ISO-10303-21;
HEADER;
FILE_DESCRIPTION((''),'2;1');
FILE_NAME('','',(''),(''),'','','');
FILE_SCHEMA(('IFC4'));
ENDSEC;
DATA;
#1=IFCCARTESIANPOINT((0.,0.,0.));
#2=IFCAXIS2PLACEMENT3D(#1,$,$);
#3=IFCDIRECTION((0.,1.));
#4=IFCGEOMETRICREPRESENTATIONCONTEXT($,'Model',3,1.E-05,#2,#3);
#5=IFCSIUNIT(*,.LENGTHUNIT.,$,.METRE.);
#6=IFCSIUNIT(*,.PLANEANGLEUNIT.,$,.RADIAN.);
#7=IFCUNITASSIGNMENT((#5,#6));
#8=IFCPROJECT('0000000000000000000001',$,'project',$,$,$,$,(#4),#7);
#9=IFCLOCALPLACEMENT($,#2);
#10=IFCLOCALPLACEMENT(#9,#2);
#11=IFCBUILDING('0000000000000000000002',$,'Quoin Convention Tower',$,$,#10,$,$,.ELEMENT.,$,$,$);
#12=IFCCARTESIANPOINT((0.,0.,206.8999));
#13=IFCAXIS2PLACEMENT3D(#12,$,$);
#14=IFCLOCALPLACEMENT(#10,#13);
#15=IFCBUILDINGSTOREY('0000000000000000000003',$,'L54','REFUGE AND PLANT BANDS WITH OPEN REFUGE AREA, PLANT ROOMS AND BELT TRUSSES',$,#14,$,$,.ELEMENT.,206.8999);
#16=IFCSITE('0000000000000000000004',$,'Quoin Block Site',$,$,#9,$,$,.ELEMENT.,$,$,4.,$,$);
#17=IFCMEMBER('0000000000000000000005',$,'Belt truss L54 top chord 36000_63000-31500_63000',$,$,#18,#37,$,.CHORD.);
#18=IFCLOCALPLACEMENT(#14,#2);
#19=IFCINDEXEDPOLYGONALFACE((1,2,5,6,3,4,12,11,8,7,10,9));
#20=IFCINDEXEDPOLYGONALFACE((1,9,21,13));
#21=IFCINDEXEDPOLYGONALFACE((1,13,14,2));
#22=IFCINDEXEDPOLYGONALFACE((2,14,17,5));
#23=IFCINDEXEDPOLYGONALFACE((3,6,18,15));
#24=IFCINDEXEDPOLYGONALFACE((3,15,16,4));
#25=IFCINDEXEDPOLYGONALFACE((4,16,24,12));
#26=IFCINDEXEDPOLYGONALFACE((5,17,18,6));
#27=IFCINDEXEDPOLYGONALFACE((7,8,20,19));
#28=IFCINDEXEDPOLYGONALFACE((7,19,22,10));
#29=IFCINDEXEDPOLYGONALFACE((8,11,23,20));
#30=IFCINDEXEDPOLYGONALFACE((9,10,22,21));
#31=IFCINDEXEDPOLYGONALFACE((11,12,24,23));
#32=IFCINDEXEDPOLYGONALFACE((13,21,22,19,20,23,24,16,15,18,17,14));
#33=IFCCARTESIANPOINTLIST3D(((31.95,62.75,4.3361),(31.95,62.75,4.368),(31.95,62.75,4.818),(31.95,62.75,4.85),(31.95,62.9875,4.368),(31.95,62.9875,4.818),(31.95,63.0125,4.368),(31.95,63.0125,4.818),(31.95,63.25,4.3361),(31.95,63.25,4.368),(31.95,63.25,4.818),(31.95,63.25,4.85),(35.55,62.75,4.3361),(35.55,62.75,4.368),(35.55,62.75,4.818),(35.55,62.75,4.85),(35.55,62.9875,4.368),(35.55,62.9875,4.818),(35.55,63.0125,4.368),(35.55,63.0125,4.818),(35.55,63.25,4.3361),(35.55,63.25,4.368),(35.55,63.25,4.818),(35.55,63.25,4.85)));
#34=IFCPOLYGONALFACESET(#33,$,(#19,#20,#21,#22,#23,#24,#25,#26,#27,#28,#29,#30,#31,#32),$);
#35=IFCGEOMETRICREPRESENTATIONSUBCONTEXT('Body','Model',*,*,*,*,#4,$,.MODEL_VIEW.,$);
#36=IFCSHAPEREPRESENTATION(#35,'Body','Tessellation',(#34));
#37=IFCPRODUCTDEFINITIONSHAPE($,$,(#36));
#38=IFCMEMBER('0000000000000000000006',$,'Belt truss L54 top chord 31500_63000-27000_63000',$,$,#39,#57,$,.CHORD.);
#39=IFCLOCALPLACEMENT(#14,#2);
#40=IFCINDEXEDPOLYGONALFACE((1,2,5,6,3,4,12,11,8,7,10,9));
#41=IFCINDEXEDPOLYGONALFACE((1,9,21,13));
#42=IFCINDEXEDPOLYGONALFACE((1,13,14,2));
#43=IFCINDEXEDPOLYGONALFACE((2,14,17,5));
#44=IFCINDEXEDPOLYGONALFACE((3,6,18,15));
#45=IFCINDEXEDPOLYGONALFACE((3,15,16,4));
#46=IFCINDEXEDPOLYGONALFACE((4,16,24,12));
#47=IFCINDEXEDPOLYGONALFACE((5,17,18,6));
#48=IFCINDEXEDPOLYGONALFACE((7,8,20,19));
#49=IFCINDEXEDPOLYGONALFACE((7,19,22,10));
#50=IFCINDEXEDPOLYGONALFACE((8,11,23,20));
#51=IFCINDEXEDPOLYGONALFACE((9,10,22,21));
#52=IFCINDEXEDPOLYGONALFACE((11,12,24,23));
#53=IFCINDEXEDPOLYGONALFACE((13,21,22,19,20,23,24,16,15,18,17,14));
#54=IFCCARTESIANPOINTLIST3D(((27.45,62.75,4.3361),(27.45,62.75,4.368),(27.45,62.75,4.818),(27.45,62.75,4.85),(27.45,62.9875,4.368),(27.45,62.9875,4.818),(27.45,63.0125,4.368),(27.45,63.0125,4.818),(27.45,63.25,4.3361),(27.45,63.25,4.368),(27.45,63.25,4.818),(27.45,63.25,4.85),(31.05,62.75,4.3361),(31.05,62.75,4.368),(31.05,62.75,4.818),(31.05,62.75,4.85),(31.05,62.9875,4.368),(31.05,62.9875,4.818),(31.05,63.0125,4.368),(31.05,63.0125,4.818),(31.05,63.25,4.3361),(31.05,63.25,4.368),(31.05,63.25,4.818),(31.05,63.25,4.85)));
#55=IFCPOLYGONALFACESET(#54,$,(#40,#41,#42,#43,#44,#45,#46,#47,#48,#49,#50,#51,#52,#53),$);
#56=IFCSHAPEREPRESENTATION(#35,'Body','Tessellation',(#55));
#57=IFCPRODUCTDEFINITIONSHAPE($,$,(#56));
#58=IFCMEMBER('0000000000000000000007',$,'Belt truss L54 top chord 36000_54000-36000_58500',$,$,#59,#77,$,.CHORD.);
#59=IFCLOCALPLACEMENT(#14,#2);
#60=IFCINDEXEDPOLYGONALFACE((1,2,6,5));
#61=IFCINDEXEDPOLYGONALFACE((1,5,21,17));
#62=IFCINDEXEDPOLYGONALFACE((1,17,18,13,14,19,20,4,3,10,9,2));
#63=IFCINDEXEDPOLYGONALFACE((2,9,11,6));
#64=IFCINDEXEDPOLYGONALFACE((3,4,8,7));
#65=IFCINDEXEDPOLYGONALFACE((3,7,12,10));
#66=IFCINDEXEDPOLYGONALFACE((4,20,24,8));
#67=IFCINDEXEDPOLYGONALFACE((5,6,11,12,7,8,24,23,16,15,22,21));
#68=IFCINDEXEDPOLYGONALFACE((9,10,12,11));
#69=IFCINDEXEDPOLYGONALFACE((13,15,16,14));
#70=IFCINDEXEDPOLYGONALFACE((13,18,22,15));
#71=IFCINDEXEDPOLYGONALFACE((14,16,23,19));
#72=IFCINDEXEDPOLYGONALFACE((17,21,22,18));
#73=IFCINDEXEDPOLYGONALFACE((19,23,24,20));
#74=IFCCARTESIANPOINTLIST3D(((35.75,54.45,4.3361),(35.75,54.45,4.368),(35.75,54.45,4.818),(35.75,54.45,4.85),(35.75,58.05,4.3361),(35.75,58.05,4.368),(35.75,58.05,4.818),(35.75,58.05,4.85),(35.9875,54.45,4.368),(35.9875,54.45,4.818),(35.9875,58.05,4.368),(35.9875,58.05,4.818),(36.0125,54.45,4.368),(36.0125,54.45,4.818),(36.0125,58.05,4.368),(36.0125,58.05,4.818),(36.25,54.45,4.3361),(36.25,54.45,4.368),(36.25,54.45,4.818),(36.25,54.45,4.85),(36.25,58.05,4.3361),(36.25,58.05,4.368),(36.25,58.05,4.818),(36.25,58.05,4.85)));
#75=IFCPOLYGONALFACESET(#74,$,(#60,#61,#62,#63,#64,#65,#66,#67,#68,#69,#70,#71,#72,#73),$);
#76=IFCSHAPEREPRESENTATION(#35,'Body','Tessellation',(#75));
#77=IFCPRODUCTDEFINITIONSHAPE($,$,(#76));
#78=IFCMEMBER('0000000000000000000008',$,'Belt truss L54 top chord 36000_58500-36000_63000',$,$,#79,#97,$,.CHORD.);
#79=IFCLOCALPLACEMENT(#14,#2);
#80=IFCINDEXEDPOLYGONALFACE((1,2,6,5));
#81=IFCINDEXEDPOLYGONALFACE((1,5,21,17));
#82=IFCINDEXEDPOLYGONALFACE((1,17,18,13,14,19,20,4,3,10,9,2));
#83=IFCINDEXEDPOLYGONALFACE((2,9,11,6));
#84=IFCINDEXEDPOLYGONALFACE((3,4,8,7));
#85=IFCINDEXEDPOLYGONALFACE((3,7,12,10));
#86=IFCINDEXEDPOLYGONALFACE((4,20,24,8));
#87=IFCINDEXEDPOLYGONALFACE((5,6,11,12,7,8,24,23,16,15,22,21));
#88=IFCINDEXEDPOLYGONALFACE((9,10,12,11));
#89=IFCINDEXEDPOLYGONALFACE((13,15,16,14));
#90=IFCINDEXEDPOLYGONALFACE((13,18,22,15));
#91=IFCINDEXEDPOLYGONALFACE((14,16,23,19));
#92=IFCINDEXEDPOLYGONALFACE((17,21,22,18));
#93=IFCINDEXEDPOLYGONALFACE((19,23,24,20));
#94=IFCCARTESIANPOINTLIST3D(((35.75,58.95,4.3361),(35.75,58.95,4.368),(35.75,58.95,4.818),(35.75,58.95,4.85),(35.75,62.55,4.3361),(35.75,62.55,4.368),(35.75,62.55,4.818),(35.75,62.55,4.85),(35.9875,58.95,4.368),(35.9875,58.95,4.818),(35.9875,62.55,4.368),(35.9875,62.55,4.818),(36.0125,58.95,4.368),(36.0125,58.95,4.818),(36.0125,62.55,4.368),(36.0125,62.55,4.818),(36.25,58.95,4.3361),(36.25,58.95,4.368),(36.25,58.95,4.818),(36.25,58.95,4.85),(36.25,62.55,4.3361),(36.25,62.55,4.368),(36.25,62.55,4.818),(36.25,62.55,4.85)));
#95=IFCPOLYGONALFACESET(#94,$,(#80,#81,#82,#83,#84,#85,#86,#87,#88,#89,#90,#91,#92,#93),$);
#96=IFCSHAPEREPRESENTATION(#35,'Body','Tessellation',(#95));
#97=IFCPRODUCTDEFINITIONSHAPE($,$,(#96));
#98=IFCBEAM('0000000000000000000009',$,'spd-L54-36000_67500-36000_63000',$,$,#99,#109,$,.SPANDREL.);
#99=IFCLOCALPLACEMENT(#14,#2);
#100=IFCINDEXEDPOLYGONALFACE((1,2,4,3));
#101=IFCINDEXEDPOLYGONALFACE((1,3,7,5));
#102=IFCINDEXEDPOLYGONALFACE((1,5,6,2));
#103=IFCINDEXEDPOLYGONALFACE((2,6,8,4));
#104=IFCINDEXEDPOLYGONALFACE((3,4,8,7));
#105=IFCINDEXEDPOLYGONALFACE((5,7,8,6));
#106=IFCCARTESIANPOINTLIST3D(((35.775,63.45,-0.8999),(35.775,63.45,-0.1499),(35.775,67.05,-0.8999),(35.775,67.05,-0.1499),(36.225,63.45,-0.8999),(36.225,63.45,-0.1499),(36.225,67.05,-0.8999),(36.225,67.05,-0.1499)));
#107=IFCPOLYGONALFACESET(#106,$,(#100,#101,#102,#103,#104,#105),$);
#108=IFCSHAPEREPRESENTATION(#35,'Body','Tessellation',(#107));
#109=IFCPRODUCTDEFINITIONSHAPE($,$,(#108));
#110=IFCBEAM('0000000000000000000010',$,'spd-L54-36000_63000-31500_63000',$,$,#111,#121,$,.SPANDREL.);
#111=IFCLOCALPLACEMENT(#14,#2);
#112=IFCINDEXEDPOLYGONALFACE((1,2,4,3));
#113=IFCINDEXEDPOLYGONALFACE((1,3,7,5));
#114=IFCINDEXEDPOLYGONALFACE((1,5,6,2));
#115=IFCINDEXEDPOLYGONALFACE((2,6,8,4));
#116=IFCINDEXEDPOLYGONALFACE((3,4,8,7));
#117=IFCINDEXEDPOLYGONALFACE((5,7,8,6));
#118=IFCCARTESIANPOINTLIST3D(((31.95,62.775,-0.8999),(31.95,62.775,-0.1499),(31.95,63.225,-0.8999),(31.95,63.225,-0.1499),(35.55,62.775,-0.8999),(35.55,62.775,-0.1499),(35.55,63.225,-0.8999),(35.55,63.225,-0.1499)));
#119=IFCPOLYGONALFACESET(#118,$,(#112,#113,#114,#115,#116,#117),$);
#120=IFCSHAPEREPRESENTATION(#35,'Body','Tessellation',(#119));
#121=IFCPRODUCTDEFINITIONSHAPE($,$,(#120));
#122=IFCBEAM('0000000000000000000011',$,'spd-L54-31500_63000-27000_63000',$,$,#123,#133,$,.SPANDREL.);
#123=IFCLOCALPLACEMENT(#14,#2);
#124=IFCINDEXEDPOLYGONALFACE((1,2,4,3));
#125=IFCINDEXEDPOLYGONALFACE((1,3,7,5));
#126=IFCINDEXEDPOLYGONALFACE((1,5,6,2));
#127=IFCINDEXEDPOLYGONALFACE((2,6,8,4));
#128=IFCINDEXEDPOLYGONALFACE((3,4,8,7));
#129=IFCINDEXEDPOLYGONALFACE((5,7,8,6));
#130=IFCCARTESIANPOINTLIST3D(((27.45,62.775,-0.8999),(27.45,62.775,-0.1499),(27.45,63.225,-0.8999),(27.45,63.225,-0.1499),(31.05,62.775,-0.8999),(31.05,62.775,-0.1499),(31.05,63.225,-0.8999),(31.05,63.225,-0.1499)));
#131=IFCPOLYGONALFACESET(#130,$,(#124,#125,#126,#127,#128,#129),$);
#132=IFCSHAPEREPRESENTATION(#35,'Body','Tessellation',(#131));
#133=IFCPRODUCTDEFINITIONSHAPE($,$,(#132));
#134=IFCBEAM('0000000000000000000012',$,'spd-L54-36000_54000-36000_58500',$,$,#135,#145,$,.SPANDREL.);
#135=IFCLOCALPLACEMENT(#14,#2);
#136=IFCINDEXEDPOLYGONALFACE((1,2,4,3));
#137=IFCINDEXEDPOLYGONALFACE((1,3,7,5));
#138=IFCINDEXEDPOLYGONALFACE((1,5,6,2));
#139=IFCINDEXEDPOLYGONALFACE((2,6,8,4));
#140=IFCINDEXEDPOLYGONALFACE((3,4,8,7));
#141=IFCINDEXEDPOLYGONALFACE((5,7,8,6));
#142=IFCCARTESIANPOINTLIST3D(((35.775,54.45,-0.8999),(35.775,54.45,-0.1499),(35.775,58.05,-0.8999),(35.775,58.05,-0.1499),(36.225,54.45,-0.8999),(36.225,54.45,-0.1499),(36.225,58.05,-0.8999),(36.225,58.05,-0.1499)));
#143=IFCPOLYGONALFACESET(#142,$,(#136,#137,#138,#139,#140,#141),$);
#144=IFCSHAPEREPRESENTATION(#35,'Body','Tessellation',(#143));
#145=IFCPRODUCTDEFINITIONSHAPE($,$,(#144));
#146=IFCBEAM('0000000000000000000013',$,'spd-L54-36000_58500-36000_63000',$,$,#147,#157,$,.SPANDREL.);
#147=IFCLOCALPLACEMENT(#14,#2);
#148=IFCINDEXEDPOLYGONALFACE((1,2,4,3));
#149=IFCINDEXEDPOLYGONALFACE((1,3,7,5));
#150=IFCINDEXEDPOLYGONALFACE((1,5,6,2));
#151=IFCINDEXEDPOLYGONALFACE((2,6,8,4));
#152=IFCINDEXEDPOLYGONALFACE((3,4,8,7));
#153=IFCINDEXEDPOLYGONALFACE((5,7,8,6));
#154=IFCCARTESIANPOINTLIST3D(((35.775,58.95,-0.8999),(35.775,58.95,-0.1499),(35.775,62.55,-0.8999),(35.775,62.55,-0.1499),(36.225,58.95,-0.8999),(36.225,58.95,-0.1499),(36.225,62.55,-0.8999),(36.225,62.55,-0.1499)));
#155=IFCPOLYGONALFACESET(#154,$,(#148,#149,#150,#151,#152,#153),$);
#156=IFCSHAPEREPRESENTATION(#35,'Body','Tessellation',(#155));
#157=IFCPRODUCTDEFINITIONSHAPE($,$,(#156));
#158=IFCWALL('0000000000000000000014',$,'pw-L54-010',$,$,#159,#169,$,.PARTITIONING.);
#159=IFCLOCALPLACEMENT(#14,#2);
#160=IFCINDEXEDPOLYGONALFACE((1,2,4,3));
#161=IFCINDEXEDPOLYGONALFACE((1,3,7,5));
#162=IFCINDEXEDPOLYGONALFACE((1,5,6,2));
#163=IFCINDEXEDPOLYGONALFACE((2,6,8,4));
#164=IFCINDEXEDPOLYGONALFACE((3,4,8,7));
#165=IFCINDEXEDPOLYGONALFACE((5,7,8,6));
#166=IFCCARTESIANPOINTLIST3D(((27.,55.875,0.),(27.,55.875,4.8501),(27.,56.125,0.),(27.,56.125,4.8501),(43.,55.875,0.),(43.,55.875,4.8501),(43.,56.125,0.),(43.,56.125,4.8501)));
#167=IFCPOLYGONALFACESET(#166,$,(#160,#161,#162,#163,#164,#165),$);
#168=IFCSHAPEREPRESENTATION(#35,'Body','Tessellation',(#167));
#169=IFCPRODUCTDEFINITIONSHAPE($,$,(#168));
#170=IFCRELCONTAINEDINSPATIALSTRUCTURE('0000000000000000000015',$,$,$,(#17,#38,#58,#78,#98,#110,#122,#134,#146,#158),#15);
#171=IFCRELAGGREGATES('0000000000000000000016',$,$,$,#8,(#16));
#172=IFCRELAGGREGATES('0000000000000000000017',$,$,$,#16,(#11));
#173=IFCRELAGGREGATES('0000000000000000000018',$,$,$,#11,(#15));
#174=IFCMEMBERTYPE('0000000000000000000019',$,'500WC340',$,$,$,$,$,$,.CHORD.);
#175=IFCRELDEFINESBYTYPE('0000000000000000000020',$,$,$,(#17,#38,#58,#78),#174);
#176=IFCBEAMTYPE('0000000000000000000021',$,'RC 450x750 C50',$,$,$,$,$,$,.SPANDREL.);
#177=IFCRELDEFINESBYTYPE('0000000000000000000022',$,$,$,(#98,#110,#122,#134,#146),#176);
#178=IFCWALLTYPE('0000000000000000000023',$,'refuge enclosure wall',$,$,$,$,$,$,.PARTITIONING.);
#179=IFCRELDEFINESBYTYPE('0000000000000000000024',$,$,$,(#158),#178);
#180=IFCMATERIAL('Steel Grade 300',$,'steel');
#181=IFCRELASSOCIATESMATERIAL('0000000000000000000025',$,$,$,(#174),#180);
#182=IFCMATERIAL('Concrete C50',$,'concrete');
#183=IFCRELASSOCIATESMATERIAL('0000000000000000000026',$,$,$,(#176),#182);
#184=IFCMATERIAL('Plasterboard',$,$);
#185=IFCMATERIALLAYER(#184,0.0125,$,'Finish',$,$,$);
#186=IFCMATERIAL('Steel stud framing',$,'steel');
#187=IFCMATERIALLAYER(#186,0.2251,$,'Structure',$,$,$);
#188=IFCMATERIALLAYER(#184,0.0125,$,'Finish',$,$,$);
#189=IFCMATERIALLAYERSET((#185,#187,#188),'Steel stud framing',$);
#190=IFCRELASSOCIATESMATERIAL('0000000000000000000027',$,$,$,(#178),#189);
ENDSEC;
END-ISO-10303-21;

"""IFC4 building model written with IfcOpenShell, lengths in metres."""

from ifc_helpers import new_model, si_unit, direction, frame, frame_2d, origin, origin_2d, place, context, subcontext, project, spatial, rectangle, i_section, extrude, material, layer, layer_set, material_profile, profile_set, type_object, element, save


model = new_model("IFC4")

# Units and contexts
model_context = context("Model", 3, precision=1e-05, world=origin(), true_north=direction((0.0, 1.0)))
body_context = subcontext(model_context, "Body", "Model", "MODEL_VIEW")
ifc_project = project(units=[si_unit("LENGTHUNIT", "METRE"), si_unit("PLANEANGLEUNIT", "RADIAN")], contexts=[model_context])

# Site, building, storey
site_placement = place(None, origin())
site = spatial("IfcSite", under=ifc_project, at=site_placement, Name="Quoin Block Site", CompositionType="ELEMENT", RefElevation=4.0)
building_placement = place(site_placement, origin())
building = spatial("IfcBuilding", under=site, at=building_placement, Name="Quoin Convention Tower", CompositionType="ELEMENT")
storey_placement = place(building_placement, frame((0.0, 0.0, 206.8999)))
storey = spatial("IfcBuildingStorey", under=building, at=storey_placement, Name="L54", Description="REFUGE AND PLANT BANDS WITH OPEN REFUGE AREA, PLANT ROOMS AND BELT TRUSSES", CompositionType="ELEMENT", Elevation=206.8999)

# Shared definitions
ifc_material_1 = material(Name="Concrete C50", Category="concrete")

# Members
ifc_material_2 = material(Name="Steel Grade 300", Category="steel")
ifc_material_profile_1 = material_profile(ifc_material_2, i_section(OverallWidth=0.5, OverallDepth=0.5139, WebThickness=0.0249, FlangeThickness=0.032, at=origin_2d()), Name="500WC340")
ifc_profile_set_1 = profile_set([ifc_material_profile_1], Name="Steel Grade 300")
member_type_1 = type_object("IfcMemberType", Name="500WC340", PredefinedType="CHORD", material=ifc_profile_set_1)
for number, where, z_axis, x_axis, name in (
    (1, (35.55, 63.0, 4.593), (-1.0, 0.0, 0.0), (0.0, -1.0, 0.0), "Belt truss L54 top chord 36000_63000-31500_63000"),
    (2, (31.05, 63.0, 4.593), (-1.0, 0.0, 0.0), (0.0, -1.0, 0.0), "Belt truss L54 top chord 31500_63000-27000_63000"),
    (3, (36.0, 54.45, 4.593), (0.0, 1.0, 0.0), (-1.0, 0.0, 0.0), "Belt truss L54 top chord 36000_54000-36000_58500"),
    (4, (36.0, 58.95, 4.593), (0.0, 1.0, 0.0), (-1.0, 0.0, 0.0), "Belt truss L54 top chord 36000_58500-36000_63000"),
):
    element("IfcMember", number, at=place(storey_placement, frame(where, z_axis=z_axis, x_axis=x_axis)), inside=storey, type_object=member_type_1, Name=name, PredefinedType="CHORD", context=body_context, shape_type="SweptSolid", body=[
        extrude(i_section(OverallWidth=0.5, OverallDepth=0.5139, WebThickness=0.0249, FlangeThickness=0.032, at=origin_2d()), origin(), (0.0, 0.0, 1.0), 3.6001),
    ])

# Beams
ifc_material_profile_2 = material_profile(ifc_material_1, rectangle(XDim=0.45, YDim=0.75, at=origin_2d()), Name="RC 450x750")
ifc_profile_set_2 = profile_set([ifc_material_profile_2], Name="Concrete C50")
beam_type = type_object("IfcBeamType", Name="RC 450x750 C50", PredefinedType="SPANDREL", material=ifc_profile_set_2)
for number, where, z_axis, x_axis, name in (
    (5, (36.0, 67.05, -0.5249), (0.0, -1.0, 0.0), (1.0, 0.0, 0.0), "spd-L54-36000_67500-36000_63000"),
    (6, (35.55, 63.0, -0.5249), (-1.0, 0.0, 0.0), (0.0, -1.0, 0.0), "spd-L54-36000_63000-31500_63000"),
    (7, (31.05, 63.0, -0.5249), (-1.0, 0.0, 0.0), (0.0, -1.0, 0.0), "spd-L54-31500_63000-27000_63000"),
    (8, (36.0, 54.45, -0.5249), (0.0, 1.0, 0.0), (-1.0, 0.0, 0.0), "spd-L54-36000_54000-36000_58500"),
    (9, (36.0, 58.95, -0.5249), (0.0, 1.0, 0.0), (-1.0, 0.0, 0.0), "spd-L54-36000_58500-36000_63000"),
):
    element("IfcBeam", number, at=place(storey_placement, frame(where, z_axis=z_axis, x_axis=x_axis)), inside=storey, type_object=beam_type, Name=name, PredefinedType="SPANDREL", context=body_context, shape_type="SweptSolid", body=[
        extrude(rectangle(XDim=0.45, YDim=0.75, at=origin_2d()), origin(), (0.0, 0.0, 1.0), 3.6001),
    ])

# Wall
ifc_material_3 = material(Name="Plasterboard")
ifc_layer_1 = layer(ifc_material_3, 0.0125, Name="Finish")
ifc_material_4 = material(Name="Steel stud framing", Category="steel")
ifc_layer_2 = layer(ifc_material_4, 0.2251, Name="Structure")
ifc_layer_3 = layer(ifc_material_3, 0.0125, Name="Finish")
ifc_layer_set = layer_set([ifc_layer_1, ifc_layer_2, ifc_layer_3], Name="Steel stud framing")
wall_type = type_object("IfcWallType", Name="refuge enclosure wall", PredefinedType="PARTITIONING", material=ifc_layer_set)
wall_placement = place(storey_placement, frame((27.0, 56.0, 0.0), z_axis=(0.0, 0.0, 1.0), x_axis=(1.0, 0.0, 0.0)))
element("IfcWall", 10, at=wall_placement, inside=storey, type_object=wall_type, Name="pw-L54-010", PredefinedType="PARTITIONING", context=body_context, shape_type="SweptSolid", body=[
    extrude(rectangle(XDim=16.0, YDim=0.25, at=frame_2d((8.0, 0.0))), origin(), (0.0, 0.0, 1.0), 4.8501),
])

save(model, "model.ifc")
